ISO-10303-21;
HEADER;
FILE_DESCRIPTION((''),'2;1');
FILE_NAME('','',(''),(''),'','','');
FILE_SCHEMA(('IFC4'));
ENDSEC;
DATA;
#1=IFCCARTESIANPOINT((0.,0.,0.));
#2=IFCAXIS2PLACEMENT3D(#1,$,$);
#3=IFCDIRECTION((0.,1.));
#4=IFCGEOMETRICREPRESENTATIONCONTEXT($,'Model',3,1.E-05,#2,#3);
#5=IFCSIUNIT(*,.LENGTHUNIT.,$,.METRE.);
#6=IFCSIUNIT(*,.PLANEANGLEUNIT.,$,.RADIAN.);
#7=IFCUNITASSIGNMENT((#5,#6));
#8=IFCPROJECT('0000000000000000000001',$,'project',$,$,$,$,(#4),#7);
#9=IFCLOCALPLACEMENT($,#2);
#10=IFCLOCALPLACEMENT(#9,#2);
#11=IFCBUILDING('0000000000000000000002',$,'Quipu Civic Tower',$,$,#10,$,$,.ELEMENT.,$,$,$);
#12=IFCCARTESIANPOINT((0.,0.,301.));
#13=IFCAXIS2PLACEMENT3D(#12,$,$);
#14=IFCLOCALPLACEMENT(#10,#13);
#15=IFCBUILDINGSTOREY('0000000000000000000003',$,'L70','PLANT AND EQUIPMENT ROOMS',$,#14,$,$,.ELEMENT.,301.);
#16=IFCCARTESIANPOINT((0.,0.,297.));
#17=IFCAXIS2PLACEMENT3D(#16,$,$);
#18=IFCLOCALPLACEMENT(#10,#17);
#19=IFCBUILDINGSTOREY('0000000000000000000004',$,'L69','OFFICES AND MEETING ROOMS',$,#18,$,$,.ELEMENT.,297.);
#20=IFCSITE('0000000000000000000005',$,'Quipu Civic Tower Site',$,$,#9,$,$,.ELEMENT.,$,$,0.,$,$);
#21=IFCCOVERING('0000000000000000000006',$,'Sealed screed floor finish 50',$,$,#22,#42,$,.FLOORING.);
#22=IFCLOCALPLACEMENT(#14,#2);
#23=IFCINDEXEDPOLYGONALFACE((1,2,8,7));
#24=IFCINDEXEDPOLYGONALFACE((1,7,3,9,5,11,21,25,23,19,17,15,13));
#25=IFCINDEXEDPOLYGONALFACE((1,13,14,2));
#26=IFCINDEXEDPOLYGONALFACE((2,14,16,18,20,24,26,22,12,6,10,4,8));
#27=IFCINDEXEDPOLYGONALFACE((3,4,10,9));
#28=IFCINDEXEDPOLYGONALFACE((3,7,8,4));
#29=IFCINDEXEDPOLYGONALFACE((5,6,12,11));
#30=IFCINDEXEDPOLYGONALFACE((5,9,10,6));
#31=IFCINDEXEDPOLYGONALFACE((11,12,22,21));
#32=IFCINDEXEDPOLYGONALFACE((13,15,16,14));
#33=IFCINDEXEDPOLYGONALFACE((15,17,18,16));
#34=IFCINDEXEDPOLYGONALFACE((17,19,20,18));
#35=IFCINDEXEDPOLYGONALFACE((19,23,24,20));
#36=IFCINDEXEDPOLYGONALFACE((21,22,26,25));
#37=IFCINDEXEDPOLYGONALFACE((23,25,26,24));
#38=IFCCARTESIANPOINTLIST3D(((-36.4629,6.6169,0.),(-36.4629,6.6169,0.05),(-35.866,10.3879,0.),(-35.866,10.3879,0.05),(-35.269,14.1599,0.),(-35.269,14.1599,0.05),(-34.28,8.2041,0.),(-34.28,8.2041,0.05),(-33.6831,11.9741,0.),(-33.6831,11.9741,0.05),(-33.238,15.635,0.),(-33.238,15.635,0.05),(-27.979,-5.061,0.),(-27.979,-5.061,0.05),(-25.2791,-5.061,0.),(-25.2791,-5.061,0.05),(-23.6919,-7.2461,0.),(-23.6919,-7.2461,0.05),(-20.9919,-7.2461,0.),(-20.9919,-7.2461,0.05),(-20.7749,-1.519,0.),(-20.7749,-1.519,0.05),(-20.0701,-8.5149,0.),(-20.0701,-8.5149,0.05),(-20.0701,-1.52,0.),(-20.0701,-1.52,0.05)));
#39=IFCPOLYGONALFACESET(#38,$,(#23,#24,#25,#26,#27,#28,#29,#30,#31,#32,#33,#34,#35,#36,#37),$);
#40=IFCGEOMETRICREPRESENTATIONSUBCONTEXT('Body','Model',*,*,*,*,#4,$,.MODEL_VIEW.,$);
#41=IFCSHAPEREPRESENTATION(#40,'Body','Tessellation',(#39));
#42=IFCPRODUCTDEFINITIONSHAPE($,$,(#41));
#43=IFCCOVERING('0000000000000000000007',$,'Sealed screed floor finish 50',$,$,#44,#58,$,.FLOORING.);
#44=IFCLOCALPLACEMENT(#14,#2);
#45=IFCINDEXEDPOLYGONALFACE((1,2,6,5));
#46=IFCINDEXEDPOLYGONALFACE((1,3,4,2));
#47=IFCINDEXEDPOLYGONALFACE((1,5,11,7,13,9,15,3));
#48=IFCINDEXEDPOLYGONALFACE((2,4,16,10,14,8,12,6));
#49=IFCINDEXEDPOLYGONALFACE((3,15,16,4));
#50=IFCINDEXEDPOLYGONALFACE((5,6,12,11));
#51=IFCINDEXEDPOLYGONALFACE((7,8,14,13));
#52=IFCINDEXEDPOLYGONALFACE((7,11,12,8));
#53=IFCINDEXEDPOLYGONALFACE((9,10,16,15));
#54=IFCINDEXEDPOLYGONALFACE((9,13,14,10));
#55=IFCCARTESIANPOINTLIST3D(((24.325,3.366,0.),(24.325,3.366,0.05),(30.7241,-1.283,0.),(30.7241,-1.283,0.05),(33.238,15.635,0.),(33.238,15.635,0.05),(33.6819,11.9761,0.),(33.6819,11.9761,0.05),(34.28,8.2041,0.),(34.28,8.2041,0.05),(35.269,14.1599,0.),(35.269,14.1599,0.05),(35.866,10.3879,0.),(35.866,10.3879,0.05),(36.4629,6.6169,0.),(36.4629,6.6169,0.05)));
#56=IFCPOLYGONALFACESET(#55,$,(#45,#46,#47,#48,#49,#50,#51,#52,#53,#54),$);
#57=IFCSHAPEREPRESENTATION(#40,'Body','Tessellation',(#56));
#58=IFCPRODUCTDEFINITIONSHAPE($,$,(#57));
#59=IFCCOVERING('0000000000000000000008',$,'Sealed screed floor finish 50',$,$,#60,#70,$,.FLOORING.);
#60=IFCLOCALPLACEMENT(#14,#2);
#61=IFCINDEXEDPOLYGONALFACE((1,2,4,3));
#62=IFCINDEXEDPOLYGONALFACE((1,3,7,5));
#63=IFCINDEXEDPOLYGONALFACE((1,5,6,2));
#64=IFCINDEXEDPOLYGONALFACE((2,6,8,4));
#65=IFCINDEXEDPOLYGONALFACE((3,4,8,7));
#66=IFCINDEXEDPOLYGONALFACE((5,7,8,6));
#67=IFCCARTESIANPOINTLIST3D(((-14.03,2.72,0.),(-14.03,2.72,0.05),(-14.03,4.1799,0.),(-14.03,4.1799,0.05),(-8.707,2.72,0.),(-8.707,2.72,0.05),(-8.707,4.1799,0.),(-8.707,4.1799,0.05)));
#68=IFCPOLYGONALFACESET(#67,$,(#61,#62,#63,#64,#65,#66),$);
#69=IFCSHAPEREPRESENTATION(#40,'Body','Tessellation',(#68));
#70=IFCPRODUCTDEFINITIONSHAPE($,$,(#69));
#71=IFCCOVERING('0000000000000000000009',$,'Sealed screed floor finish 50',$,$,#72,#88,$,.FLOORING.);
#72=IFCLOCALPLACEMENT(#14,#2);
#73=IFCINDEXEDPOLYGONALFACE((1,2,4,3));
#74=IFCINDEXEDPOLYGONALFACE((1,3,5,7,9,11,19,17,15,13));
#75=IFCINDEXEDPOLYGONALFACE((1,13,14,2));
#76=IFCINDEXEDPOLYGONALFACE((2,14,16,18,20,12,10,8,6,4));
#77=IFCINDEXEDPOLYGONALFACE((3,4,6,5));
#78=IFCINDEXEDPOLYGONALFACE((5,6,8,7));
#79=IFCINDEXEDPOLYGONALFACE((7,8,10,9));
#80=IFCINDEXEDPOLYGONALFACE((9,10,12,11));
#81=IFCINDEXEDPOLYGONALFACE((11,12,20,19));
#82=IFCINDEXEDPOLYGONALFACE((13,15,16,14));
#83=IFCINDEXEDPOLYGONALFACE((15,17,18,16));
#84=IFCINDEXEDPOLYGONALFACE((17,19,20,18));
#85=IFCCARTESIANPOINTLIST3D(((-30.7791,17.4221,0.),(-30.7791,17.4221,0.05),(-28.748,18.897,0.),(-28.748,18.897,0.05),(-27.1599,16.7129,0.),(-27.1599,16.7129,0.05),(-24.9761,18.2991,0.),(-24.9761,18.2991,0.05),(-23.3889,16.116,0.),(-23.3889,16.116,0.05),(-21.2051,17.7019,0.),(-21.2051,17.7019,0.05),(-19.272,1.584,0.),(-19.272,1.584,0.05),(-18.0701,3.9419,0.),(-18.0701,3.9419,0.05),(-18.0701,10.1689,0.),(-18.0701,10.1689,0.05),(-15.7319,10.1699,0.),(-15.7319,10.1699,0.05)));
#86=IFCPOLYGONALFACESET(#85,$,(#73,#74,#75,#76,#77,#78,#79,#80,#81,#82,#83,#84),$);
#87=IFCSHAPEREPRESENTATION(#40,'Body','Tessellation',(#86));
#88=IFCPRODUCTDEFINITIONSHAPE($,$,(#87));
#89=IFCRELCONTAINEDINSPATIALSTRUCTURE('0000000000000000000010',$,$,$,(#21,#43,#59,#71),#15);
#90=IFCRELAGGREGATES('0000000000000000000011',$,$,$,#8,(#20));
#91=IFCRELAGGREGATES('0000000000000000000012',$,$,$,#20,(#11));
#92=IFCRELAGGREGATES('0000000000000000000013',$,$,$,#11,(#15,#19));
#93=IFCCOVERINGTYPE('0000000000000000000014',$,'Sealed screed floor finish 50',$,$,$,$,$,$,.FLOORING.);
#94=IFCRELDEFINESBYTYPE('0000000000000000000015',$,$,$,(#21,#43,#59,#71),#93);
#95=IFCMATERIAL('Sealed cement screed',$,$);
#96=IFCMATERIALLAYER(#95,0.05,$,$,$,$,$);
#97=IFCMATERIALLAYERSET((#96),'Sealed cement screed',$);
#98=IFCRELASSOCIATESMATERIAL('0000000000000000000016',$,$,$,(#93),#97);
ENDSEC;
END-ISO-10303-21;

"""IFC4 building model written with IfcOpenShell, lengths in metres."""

from ifc_helpers import new_model, si_unit, direction, frame, origin, place, context, subcontext, project, spatial, polyline, outline, extrude, material, layer, layer_set, type_object, element, save


model = new_model("IFC4")

# Units and contexts
model_context = context("Model", 3, precision=1e-05, world=origin(), true_north=direction((0.0, 1.0)))
body_context = subcontext(model_context, "Body", "Model", "MODEL_VIEW")
ifc_project = project(units=[si_unit("LENGTHUNIT", "METRE"), si_unit("PLANEANGLEUNIT", "RADIAN")], contexts=[model_context])

# Site, building, storey
site_placement = place(None, origin())
site = spatial("IfcSite", under=ifc_project, at=site_placement, Name="Quipu Civic Tower Site", CompositionType="ELEMENT", RefElevation=0.0)
building_placement = place(site_placement, origin())
building = spatial("IfcBuilding", under=site, at=building_placement, Name="Quipu Civic Tower", CompositionType="ELEMENT")
storey_1_placement = place(building_placement, frame((0.0, 0.0, 301.0)))
storey_1 = spatial("IfcBuildingStorey", under=building, at=storey_1_placement, Name="L70", Description="PLANT AND EQUIPMENT ROOMS", CompositionType="ELEMENT", Elevation=301.0)

# Shared definitions
storey_2_placement = place(building_placement, frame((0.0, 0.0, 297.0)))
storey_2 = spatial("IfcBuildingStorey", under=building, at=storey_2_placement, Name="L69", Description="OFFICES AND MEETING ROOMS", CompositionType="ELEMENT", Elevation=297.0)

# Coverings
ifc_material_1 = material(Name="Sealed cement screed")
ifc_layer_1 = layer(ifc_material_1, 0.05)
ifc_layer_set_1 = layer_set([ifc_layer_1], Name="Sealed cement screed")
covering_type = type_object("IfcCoveringType", Name="Sealed screed floor finish 50", PredefinedType="FLOORING", material=ifc_layer_set_1)
covering_1_placement = place(storey_1_placement, origin())
element("IfcCovering", 1, at=covering_1_placement, inside=storey_1, type_object=covering_type, Name="Sealed screed floor finish 50", PredefinedType="FLOORING", context=body_context, shape_type="SweptSolid", body=[
    extrude(outline(polyline([(-36.4629, 6.6169), (-34.28, 8.2041), (-35.866, 10.3879), (-33.6831, 11.9741), (-35.269, 14.1599), (-33.238, 15.635), (-20.7749, -1.519), (-20.0701, -1.52), (-20.0701, -8.5149), (-20.9919, -7.2461), (-23.6919, -7.2461), (-25.2791, -5.061), (-27.979, -5.061), (-36.4629, 6.6169)])), origin(), (0.0, 0.0, 1.0), 0.05),
])
covering_2_placement = place(storey_1_placement, origin())
element("IfcCovering", 2, at=covering_2_placement, inside=storey_1, type_object=covering_type, Name="Sealed screed floor finish 50", PredefinedType="FLOORING", context=body_context, shape_type="SweptSolid", body=[
    extrude(outline(polyline([(24.325, 3.366), (33.238, 15.635), (35.269, 14.1599), (33.6819, 11.9761), (35.866, 10.3879), (34.28, 8.2041), (36.4629, 6.6169), (30.7241, -1.283), (24.325, 3.366)])), origin(), (0.0, 0.0, 1.0), 0.05),
])
covering_3_placement = place(storey_1_placement, origin())
element("IfcCovering", 3, at=covering_3_placement, inside=storey_1, type_object=covering_type, Name="Sealed screed floor finish 50", PredefinedType="FLOORING", context=body_context, shape_type="SweptSolid", body=[
    extrude(outline(polyline([(-14.03, 2.72), (-14.03, 4.1799), (-8.707, 4.1799), (-8.707, 2.72), (-14.03, 2.72)])), origin(), (0.0, 0.0, 1.0), 0.05),
])
covering_4_placement = place(storey_1_placement, origin())
element("IfcCovering", 4, at=covering_4_placement, inside=storey_1, type_object=covering_type, Name="Sealed screed floor finish 50", PredefinedType="FLOORING", context=body_context, shape_type="SweptSolid", body=[
    extrude(outline(polyline([(-30.7791, 17.4221), (-28.748, 18.897), (-27.1599, 16.7129), (-24.9761, 18.2991), (-23.3889, 16.116), (-21.2051, 17.7019), (-15.7319, 10.1699), (-18.0701, 10.1689), (-18.0701, 3.9419), (-19.272, 1.584), (-30.7791, 17.4221)])), origin(), (0.0, 0.0, 1.0), 0.05),
])

save(model, "model.ifc")
